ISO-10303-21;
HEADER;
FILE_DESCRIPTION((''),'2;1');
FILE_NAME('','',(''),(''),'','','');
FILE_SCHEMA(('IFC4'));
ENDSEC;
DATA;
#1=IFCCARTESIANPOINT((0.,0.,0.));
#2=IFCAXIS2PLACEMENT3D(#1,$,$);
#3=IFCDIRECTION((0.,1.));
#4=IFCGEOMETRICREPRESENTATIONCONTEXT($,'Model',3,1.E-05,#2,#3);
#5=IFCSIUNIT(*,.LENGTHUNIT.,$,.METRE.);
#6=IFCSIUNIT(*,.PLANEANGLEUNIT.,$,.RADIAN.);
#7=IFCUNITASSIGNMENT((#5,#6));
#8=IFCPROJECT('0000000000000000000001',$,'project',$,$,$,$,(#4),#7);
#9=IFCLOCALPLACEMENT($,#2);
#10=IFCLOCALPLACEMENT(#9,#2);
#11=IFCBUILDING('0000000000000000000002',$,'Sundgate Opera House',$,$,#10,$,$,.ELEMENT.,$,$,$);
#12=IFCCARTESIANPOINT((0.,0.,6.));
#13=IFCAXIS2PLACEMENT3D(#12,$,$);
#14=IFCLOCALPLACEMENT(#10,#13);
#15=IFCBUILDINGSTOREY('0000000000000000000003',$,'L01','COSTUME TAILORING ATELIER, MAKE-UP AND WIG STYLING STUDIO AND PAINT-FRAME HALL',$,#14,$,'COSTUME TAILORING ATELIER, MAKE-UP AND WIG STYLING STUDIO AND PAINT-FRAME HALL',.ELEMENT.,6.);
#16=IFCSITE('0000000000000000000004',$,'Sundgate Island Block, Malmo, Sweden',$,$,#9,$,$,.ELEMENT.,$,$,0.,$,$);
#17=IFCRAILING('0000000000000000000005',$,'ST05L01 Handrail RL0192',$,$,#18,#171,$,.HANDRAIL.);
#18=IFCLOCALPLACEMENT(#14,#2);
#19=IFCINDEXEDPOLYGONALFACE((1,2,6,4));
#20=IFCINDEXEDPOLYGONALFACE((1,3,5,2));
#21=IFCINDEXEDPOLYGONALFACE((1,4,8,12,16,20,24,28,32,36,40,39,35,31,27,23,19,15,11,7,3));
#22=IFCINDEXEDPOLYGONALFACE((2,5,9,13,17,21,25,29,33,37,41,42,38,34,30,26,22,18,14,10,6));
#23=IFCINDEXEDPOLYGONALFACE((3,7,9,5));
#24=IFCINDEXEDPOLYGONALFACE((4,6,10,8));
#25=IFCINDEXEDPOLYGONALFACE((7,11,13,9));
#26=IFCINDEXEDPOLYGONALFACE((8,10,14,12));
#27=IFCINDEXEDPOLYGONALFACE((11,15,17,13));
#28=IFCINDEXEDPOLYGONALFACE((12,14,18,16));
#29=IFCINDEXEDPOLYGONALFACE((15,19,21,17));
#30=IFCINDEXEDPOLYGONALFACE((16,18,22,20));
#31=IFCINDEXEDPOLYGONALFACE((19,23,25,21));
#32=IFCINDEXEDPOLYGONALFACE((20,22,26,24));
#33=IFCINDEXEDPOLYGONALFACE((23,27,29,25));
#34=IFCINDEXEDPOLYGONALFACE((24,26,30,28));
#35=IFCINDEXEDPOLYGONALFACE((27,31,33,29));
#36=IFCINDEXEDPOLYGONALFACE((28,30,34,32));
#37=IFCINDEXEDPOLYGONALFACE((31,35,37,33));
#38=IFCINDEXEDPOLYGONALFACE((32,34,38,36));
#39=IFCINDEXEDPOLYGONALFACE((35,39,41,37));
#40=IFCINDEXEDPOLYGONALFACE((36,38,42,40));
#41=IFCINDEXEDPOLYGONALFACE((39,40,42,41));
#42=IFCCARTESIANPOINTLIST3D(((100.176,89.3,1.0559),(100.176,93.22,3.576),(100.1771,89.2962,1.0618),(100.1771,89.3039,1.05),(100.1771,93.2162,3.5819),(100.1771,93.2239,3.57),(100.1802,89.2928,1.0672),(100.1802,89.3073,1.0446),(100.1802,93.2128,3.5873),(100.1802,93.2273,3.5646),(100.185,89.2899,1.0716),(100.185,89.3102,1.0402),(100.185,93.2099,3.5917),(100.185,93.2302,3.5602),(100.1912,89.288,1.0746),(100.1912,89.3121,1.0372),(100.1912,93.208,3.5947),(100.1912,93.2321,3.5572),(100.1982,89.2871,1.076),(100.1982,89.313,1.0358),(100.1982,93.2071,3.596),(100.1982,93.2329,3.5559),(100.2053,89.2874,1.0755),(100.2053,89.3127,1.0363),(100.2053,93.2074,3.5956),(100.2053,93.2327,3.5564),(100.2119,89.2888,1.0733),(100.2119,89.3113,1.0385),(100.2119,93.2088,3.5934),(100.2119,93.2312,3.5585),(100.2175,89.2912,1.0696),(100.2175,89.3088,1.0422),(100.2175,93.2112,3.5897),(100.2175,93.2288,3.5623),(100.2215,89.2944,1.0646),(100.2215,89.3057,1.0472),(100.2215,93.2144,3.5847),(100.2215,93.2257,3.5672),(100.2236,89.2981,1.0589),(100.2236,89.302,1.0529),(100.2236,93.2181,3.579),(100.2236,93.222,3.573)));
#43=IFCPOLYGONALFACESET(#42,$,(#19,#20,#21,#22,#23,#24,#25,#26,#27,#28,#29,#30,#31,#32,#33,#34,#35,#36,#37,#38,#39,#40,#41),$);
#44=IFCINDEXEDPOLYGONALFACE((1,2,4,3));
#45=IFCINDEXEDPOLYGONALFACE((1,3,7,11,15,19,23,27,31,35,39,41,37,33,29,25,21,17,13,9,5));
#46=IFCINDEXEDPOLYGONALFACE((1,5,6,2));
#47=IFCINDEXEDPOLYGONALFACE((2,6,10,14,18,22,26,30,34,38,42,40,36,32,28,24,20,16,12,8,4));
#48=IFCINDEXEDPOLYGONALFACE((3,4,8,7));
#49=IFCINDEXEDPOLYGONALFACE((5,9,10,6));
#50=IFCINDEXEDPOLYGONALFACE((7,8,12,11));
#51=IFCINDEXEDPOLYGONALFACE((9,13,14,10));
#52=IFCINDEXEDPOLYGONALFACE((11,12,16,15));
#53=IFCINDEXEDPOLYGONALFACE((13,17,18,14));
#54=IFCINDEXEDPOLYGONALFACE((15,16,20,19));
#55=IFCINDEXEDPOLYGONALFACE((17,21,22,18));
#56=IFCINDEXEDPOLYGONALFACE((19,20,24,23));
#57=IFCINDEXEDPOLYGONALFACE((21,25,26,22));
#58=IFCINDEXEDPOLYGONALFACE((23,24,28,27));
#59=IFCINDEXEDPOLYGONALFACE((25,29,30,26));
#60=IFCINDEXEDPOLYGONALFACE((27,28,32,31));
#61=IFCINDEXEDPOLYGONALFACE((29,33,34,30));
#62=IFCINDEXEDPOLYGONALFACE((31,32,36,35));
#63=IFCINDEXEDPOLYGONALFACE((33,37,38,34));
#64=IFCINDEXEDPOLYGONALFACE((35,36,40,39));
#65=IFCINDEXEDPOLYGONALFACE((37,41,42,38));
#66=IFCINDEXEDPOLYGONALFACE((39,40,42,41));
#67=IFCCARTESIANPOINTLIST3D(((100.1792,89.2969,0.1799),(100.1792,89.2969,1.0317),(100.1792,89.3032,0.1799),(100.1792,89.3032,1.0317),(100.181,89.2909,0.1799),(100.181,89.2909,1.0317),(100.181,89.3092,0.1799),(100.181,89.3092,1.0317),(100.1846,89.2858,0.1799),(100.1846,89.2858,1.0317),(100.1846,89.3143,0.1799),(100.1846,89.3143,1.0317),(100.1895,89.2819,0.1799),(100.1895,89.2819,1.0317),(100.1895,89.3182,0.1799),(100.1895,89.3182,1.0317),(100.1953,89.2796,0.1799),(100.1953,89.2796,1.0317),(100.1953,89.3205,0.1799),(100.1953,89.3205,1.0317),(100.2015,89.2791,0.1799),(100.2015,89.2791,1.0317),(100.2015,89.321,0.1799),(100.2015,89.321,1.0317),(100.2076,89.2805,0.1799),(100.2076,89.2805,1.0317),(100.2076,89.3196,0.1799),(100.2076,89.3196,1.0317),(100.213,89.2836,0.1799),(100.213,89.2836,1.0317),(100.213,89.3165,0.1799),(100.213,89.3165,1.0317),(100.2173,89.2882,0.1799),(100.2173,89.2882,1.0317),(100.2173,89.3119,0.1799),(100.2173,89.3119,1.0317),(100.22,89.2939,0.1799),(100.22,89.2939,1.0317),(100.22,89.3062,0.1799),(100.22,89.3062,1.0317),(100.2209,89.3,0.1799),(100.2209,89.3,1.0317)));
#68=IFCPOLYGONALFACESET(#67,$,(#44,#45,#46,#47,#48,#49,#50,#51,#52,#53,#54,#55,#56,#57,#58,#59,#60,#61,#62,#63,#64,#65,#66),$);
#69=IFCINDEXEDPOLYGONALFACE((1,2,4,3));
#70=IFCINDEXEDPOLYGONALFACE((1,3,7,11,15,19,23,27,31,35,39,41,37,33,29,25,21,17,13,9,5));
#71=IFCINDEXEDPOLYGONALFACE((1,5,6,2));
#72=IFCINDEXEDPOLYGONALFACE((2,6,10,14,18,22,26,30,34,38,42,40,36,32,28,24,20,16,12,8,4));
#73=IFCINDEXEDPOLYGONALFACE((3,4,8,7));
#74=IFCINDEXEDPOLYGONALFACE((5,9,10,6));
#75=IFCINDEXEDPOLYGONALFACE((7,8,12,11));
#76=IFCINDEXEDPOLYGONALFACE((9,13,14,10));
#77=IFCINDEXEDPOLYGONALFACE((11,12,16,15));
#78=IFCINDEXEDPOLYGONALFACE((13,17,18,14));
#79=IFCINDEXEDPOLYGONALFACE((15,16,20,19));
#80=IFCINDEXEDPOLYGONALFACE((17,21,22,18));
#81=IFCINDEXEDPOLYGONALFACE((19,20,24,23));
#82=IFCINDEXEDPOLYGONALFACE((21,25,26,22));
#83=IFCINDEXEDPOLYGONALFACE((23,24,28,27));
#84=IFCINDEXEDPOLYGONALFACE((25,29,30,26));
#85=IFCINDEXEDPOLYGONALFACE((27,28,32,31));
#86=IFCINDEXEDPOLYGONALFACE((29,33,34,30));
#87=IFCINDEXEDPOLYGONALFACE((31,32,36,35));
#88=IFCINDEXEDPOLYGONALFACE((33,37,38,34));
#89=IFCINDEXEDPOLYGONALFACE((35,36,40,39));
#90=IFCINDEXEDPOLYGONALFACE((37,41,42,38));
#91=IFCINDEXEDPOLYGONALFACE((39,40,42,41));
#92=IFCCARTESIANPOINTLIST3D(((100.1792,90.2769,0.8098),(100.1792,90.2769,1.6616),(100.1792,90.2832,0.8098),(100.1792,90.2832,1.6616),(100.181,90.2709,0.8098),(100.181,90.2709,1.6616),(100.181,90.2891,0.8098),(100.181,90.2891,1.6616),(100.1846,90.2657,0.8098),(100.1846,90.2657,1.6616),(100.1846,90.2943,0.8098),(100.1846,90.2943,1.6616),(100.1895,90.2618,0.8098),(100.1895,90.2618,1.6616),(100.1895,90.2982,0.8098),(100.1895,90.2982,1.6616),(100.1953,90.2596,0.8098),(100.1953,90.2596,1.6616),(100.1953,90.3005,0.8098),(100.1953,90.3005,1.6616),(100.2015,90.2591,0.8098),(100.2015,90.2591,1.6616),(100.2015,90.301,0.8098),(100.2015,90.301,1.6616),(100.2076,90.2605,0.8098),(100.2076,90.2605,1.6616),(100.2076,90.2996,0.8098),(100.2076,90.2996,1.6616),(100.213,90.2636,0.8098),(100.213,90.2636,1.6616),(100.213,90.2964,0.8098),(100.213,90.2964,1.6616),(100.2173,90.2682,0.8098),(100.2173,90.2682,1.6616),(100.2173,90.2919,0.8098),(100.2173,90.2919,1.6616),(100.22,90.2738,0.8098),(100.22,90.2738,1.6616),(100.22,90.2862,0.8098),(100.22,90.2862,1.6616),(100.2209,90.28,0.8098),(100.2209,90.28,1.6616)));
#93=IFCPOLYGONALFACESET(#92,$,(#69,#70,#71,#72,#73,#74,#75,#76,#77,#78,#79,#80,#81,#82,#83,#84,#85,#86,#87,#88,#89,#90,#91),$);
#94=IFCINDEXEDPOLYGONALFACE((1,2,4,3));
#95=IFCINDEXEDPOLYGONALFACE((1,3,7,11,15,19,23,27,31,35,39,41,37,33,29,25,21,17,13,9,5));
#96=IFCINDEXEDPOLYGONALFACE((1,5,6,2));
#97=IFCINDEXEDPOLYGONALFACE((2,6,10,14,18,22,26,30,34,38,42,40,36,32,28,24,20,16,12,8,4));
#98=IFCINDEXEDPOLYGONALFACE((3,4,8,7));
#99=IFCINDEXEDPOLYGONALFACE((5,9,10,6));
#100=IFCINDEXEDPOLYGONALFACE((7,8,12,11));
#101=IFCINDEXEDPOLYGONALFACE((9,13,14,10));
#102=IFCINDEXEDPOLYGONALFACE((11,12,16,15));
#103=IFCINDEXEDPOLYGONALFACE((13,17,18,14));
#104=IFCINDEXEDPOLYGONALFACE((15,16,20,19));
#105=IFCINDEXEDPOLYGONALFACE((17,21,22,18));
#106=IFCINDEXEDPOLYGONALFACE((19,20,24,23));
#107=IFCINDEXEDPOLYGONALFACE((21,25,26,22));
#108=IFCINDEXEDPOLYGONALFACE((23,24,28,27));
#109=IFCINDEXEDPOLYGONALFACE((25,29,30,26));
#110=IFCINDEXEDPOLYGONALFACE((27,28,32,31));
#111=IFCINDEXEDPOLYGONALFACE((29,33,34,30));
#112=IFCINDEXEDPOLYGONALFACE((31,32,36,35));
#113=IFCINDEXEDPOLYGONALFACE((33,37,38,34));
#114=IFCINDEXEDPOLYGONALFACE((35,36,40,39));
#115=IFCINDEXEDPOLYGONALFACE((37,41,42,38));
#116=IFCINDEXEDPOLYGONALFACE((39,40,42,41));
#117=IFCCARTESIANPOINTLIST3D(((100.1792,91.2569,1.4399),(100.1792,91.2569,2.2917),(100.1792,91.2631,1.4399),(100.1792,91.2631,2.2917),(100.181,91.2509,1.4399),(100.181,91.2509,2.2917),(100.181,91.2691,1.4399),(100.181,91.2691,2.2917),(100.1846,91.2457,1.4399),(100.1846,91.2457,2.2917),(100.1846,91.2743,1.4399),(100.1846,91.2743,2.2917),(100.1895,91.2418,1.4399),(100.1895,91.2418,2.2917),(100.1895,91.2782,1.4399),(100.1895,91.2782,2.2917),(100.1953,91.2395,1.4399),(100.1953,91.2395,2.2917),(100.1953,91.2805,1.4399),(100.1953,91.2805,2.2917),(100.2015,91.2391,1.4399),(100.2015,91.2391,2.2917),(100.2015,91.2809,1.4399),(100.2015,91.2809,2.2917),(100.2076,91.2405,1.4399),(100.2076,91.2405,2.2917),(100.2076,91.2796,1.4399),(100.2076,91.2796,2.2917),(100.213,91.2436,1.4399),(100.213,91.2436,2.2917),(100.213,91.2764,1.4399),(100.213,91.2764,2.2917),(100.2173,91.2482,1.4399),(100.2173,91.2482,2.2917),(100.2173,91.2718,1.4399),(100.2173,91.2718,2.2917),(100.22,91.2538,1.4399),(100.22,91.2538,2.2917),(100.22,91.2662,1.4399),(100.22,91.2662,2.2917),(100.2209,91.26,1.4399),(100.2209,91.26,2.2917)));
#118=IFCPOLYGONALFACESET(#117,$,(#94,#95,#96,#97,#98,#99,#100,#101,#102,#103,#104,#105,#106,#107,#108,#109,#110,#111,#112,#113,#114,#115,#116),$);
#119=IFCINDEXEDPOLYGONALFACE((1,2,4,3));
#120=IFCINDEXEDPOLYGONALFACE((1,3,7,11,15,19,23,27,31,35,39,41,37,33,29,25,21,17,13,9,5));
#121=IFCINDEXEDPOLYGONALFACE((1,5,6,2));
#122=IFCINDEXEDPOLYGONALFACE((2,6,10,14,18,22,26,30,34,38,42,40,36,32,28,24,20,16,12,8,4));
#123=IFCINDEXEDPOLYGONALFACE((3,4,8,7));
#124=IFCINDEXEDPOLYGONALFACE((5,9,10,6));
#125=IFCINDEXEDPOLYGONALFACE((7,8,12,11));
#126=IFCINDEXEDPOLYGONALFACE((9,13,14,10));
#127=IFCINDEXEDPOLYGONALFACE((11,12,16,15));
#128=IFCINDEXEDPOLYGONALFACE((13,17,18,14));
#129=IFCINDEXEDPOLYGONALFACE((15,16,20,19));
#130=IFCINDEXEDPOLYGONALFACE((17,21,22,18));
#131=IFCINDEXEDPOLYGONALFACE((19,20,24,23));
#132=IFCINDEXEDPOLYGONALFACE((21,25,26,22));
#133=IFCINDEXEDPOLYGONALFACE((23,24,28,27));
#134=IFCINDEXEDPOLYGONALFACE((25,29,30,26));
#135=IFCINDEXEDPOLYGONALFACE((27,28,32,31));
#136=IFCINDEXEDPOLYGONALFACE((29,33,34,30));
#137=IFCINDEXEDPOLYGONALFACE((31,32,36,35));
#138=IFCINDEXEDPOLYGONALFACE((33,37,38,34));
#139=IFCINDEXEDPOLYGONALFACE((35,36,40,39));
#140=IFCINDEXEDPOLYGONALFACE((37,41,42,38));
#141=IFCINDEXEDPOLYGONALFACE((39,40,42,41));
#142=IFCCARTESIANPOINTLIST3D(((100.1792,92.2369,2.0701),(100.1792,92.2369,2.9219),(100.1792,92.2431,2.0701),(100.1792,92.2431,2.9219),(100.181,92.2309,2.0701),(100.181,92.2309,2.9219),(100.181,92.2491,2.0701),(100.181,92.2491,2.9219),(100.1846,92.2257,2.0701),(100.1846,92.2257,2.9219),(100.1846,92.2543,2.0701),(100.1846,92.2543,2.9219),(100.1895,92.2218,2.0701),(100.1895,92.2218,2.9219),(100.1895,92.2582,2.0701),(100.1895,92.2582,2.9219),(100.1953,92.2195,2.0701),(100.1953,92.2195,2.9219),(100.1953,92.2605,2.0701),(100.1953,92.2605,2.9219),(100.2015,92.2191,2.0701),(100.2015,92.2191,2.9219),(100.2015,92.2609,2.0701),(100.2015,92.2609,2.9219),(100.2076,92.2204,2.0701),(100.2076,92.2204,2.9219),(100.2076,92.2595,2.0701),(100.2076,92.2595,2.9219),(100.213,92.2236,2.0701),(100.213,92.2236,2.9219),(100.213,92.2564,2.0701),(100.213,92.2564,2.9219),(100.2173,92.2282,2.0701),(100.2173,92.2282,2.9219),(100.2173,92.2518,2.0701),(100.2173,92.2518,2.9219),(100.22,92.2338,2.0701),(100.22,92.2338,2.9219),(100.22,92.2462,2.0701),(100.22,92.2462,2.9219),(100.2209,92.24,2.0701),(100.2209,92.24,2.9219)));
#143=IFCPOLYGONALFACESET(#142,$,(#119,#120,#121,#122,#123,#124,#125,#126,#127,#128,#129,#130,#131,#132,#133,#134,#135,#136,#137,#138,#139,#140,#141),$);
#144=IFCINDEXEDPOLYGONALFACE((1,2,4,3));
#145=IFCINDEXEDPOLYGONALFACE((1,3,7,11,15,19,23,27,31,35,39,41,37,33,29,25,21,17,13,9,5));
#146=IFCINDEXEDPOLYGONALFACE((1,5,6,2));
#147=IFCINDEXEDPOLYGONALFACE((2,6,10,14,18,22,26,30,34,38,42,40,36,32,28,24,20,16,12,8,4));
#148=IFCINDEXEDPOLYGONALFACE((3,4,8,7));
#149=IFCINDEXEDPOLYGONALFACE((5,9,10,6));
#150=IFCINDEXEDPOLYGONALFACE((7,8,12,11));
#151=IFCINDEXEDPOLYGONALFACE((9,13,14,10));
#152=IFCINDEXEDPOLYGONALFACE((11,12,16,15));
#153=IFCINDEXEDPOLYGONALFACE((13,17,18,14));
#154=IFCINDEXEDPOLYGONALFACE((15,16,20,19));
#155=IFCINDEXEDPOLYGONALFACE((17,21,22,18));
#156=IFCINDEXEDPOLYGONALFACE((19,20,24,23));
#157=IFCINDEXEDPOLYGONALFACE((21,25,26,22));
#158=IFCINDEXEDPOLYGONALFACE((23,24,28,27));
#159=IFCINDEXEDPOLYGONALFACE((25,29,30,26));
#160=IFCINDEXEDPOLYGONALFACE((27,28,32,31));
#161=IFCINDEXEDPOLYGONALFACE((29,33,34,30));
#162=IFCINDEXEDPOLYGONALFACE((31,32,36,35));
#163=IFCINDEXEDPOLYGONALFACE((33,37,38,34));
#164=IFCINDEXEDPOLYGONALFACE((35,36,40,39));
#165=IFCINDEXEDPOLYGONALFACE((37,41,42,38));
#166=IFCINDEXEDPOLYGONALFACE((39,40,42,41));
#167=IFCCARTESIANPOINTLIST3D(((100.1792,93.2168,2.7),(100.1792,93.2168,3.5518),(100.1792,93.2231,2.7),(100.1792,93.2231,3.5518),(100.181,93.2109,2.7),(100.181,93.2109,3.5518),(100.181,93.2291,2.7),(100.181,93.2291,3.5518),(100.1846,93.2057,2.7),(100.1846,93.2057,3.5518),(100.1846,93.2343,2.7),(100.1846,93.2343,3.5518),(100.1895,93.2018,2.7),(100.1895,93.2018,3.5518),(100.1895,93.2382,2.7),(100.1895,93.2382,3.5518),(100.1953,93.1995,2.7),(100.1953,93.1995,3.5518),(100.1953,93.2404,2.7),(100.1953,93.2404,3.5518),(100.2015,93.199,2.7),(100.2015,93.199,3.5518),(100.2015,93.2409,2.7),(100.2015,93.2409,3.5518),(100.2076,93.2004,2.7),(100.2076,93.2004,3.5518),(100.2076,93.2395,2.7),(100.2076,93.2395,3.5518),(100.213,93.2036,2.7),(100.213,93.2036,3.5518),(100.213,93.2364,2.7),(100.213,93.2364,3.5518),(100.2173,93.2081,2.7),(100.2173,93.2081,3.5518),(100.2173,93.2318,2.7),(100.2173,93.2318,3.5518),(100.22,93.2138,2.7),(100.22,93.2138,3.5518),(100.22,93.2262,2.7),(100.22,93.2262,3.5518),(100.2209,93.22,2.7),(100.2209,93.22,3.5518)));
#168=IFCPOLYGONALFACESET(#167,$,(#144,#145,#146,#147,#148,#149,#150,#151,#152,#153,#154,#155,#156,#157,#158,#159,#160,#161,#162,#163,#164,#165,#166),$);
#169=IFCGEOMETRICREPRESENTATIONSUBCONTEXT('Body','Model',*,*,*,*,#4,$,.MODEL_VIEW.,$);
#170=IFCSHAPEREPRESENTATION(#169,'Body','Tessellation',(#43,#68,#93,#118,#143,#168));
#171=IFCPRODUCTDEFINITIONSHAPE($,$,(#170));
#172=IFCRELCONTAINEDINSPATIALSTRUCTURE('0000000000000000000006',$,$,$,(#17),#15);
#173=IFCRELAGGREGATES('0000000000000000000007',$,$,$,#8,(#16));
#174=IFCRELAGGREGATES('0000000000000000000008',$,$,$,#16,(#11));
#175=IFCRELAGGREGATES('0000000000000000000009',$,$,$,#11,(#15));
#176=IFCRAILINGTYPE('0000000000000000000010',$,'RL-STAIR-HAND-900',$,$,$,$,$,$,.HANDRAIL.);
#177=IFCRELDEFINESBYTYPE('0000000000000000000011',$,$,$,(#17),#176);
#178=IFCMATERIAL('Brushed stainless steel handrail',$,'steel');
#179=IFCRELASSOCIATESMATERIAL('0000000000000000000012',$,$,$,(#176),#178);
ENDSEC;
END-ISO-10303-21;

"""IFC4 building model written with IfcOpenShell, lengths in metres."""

from ifc_helpers import new_model, si_unit, direction, frame, origin, origin_2d, place, context, subcontext, project, spatial, circle, extrude, material, type_object, element, save


model = new_model("IFC4")

# Units and contexts
model_context = context("Model", 3, precision=1e-05, world=origin(), true_north=direction((0.0, 1.0)))
body_context = subcontext(model_context, "Body", "Model", "MODEL_VIEW")
ifc_project = project(units=[si_unit("LENGTHUNIT", "METRE"), si_unit("PLANEANGLEUNIT", "RADIAN")], contexts=[model_context])

# Site, building, storey
site_placement = place(None, origin())
site = spatial("IfcSite", under=ifc_project, at=site_placement, Name="Sundgate Island Block, Malmo, Sweden", CompositionType="ELEMENT", RefElevation=0.0)
building_placement = place(site_placement, origin())
building = spatial("IfcBuilding", under=site, at=building_placement, Name="Sundgate Opera House", CompositionType="ELEMENT")
storey_placement = place(building_placement, frame((0.0, 0.0, 6.0)))
storey = spatial("IfcBuildingStorey", under=building, at=storey_placement, Name="L01", Description="COSTUME TAILORING ATELIER, MAKE-UP AND WIG STYLING STUDIO AND PAINT-FRAME HALL", LongName="COSTUME TAILORING ATELIER, MAKE-UP AND WIG STYLING STUDIO AND PAINT-FRAME HALL", CompositionType="ELEMENT", Elevation=6.0)

# Railing
ifc_material_1 = material(Name="Brushed stainless steel handrail", Category="steel")
railing_type_1 = type_object("IfcRailingType", Name="RL-STAIR-HAND-900", PredefinedType="HANDRAIL", material=ifc_material_1)
railing_1_placement = place(storey_placement, frame((100.2, 89.3, 0.1799)))
element("IfcRailing", 1, at=railing_1_placement, inside=storey, type_object=railing_type_1, Name="ST05L01 Handrail RL0192", PredefinedType="HANDRAIL", context=body_context, shape_type="SweptSolid", body=[
    extrude(circle(Radius=0.0239, at=origin_2d()), frame((0.0, 0.0, 0.876), z_axis=(0.0, 0.841172, 0.540768), x_axis=(-1.0, 0.0, 0.0)), (0.0, 0.0, 1.0), 4.6602),
    extrude(circle(Radius=0.021, at=origin_2d()), origin(), (0.0, 0.0, 1.0), 0.8518),
    extrude(circle(Radius=0.021, at=origin_2d()), frame((0.0, 0.98, 0.6299)), (0.0, 0.0, 1.0), 0.8518),
    extrude(circle(Radius=0.021, at=origin_2d()), frame((0.0, 1.96, 1.26)), (0.0, 0.0, 1.0), 0.8518),
    extrude(circle(Radius=0.021, at=origin_2d()), frame((0.0, 2.9399, 1.8901)), (0.0, 0.0, 1.0), 0.8518),
    extrude(circle(Radius=0.021, at=origin_2d()), frame((0.0, 3.9199, 2.52)), (0.0, 0.0, 1.0), 0.8518),
])

save(model, "model.ifc")
